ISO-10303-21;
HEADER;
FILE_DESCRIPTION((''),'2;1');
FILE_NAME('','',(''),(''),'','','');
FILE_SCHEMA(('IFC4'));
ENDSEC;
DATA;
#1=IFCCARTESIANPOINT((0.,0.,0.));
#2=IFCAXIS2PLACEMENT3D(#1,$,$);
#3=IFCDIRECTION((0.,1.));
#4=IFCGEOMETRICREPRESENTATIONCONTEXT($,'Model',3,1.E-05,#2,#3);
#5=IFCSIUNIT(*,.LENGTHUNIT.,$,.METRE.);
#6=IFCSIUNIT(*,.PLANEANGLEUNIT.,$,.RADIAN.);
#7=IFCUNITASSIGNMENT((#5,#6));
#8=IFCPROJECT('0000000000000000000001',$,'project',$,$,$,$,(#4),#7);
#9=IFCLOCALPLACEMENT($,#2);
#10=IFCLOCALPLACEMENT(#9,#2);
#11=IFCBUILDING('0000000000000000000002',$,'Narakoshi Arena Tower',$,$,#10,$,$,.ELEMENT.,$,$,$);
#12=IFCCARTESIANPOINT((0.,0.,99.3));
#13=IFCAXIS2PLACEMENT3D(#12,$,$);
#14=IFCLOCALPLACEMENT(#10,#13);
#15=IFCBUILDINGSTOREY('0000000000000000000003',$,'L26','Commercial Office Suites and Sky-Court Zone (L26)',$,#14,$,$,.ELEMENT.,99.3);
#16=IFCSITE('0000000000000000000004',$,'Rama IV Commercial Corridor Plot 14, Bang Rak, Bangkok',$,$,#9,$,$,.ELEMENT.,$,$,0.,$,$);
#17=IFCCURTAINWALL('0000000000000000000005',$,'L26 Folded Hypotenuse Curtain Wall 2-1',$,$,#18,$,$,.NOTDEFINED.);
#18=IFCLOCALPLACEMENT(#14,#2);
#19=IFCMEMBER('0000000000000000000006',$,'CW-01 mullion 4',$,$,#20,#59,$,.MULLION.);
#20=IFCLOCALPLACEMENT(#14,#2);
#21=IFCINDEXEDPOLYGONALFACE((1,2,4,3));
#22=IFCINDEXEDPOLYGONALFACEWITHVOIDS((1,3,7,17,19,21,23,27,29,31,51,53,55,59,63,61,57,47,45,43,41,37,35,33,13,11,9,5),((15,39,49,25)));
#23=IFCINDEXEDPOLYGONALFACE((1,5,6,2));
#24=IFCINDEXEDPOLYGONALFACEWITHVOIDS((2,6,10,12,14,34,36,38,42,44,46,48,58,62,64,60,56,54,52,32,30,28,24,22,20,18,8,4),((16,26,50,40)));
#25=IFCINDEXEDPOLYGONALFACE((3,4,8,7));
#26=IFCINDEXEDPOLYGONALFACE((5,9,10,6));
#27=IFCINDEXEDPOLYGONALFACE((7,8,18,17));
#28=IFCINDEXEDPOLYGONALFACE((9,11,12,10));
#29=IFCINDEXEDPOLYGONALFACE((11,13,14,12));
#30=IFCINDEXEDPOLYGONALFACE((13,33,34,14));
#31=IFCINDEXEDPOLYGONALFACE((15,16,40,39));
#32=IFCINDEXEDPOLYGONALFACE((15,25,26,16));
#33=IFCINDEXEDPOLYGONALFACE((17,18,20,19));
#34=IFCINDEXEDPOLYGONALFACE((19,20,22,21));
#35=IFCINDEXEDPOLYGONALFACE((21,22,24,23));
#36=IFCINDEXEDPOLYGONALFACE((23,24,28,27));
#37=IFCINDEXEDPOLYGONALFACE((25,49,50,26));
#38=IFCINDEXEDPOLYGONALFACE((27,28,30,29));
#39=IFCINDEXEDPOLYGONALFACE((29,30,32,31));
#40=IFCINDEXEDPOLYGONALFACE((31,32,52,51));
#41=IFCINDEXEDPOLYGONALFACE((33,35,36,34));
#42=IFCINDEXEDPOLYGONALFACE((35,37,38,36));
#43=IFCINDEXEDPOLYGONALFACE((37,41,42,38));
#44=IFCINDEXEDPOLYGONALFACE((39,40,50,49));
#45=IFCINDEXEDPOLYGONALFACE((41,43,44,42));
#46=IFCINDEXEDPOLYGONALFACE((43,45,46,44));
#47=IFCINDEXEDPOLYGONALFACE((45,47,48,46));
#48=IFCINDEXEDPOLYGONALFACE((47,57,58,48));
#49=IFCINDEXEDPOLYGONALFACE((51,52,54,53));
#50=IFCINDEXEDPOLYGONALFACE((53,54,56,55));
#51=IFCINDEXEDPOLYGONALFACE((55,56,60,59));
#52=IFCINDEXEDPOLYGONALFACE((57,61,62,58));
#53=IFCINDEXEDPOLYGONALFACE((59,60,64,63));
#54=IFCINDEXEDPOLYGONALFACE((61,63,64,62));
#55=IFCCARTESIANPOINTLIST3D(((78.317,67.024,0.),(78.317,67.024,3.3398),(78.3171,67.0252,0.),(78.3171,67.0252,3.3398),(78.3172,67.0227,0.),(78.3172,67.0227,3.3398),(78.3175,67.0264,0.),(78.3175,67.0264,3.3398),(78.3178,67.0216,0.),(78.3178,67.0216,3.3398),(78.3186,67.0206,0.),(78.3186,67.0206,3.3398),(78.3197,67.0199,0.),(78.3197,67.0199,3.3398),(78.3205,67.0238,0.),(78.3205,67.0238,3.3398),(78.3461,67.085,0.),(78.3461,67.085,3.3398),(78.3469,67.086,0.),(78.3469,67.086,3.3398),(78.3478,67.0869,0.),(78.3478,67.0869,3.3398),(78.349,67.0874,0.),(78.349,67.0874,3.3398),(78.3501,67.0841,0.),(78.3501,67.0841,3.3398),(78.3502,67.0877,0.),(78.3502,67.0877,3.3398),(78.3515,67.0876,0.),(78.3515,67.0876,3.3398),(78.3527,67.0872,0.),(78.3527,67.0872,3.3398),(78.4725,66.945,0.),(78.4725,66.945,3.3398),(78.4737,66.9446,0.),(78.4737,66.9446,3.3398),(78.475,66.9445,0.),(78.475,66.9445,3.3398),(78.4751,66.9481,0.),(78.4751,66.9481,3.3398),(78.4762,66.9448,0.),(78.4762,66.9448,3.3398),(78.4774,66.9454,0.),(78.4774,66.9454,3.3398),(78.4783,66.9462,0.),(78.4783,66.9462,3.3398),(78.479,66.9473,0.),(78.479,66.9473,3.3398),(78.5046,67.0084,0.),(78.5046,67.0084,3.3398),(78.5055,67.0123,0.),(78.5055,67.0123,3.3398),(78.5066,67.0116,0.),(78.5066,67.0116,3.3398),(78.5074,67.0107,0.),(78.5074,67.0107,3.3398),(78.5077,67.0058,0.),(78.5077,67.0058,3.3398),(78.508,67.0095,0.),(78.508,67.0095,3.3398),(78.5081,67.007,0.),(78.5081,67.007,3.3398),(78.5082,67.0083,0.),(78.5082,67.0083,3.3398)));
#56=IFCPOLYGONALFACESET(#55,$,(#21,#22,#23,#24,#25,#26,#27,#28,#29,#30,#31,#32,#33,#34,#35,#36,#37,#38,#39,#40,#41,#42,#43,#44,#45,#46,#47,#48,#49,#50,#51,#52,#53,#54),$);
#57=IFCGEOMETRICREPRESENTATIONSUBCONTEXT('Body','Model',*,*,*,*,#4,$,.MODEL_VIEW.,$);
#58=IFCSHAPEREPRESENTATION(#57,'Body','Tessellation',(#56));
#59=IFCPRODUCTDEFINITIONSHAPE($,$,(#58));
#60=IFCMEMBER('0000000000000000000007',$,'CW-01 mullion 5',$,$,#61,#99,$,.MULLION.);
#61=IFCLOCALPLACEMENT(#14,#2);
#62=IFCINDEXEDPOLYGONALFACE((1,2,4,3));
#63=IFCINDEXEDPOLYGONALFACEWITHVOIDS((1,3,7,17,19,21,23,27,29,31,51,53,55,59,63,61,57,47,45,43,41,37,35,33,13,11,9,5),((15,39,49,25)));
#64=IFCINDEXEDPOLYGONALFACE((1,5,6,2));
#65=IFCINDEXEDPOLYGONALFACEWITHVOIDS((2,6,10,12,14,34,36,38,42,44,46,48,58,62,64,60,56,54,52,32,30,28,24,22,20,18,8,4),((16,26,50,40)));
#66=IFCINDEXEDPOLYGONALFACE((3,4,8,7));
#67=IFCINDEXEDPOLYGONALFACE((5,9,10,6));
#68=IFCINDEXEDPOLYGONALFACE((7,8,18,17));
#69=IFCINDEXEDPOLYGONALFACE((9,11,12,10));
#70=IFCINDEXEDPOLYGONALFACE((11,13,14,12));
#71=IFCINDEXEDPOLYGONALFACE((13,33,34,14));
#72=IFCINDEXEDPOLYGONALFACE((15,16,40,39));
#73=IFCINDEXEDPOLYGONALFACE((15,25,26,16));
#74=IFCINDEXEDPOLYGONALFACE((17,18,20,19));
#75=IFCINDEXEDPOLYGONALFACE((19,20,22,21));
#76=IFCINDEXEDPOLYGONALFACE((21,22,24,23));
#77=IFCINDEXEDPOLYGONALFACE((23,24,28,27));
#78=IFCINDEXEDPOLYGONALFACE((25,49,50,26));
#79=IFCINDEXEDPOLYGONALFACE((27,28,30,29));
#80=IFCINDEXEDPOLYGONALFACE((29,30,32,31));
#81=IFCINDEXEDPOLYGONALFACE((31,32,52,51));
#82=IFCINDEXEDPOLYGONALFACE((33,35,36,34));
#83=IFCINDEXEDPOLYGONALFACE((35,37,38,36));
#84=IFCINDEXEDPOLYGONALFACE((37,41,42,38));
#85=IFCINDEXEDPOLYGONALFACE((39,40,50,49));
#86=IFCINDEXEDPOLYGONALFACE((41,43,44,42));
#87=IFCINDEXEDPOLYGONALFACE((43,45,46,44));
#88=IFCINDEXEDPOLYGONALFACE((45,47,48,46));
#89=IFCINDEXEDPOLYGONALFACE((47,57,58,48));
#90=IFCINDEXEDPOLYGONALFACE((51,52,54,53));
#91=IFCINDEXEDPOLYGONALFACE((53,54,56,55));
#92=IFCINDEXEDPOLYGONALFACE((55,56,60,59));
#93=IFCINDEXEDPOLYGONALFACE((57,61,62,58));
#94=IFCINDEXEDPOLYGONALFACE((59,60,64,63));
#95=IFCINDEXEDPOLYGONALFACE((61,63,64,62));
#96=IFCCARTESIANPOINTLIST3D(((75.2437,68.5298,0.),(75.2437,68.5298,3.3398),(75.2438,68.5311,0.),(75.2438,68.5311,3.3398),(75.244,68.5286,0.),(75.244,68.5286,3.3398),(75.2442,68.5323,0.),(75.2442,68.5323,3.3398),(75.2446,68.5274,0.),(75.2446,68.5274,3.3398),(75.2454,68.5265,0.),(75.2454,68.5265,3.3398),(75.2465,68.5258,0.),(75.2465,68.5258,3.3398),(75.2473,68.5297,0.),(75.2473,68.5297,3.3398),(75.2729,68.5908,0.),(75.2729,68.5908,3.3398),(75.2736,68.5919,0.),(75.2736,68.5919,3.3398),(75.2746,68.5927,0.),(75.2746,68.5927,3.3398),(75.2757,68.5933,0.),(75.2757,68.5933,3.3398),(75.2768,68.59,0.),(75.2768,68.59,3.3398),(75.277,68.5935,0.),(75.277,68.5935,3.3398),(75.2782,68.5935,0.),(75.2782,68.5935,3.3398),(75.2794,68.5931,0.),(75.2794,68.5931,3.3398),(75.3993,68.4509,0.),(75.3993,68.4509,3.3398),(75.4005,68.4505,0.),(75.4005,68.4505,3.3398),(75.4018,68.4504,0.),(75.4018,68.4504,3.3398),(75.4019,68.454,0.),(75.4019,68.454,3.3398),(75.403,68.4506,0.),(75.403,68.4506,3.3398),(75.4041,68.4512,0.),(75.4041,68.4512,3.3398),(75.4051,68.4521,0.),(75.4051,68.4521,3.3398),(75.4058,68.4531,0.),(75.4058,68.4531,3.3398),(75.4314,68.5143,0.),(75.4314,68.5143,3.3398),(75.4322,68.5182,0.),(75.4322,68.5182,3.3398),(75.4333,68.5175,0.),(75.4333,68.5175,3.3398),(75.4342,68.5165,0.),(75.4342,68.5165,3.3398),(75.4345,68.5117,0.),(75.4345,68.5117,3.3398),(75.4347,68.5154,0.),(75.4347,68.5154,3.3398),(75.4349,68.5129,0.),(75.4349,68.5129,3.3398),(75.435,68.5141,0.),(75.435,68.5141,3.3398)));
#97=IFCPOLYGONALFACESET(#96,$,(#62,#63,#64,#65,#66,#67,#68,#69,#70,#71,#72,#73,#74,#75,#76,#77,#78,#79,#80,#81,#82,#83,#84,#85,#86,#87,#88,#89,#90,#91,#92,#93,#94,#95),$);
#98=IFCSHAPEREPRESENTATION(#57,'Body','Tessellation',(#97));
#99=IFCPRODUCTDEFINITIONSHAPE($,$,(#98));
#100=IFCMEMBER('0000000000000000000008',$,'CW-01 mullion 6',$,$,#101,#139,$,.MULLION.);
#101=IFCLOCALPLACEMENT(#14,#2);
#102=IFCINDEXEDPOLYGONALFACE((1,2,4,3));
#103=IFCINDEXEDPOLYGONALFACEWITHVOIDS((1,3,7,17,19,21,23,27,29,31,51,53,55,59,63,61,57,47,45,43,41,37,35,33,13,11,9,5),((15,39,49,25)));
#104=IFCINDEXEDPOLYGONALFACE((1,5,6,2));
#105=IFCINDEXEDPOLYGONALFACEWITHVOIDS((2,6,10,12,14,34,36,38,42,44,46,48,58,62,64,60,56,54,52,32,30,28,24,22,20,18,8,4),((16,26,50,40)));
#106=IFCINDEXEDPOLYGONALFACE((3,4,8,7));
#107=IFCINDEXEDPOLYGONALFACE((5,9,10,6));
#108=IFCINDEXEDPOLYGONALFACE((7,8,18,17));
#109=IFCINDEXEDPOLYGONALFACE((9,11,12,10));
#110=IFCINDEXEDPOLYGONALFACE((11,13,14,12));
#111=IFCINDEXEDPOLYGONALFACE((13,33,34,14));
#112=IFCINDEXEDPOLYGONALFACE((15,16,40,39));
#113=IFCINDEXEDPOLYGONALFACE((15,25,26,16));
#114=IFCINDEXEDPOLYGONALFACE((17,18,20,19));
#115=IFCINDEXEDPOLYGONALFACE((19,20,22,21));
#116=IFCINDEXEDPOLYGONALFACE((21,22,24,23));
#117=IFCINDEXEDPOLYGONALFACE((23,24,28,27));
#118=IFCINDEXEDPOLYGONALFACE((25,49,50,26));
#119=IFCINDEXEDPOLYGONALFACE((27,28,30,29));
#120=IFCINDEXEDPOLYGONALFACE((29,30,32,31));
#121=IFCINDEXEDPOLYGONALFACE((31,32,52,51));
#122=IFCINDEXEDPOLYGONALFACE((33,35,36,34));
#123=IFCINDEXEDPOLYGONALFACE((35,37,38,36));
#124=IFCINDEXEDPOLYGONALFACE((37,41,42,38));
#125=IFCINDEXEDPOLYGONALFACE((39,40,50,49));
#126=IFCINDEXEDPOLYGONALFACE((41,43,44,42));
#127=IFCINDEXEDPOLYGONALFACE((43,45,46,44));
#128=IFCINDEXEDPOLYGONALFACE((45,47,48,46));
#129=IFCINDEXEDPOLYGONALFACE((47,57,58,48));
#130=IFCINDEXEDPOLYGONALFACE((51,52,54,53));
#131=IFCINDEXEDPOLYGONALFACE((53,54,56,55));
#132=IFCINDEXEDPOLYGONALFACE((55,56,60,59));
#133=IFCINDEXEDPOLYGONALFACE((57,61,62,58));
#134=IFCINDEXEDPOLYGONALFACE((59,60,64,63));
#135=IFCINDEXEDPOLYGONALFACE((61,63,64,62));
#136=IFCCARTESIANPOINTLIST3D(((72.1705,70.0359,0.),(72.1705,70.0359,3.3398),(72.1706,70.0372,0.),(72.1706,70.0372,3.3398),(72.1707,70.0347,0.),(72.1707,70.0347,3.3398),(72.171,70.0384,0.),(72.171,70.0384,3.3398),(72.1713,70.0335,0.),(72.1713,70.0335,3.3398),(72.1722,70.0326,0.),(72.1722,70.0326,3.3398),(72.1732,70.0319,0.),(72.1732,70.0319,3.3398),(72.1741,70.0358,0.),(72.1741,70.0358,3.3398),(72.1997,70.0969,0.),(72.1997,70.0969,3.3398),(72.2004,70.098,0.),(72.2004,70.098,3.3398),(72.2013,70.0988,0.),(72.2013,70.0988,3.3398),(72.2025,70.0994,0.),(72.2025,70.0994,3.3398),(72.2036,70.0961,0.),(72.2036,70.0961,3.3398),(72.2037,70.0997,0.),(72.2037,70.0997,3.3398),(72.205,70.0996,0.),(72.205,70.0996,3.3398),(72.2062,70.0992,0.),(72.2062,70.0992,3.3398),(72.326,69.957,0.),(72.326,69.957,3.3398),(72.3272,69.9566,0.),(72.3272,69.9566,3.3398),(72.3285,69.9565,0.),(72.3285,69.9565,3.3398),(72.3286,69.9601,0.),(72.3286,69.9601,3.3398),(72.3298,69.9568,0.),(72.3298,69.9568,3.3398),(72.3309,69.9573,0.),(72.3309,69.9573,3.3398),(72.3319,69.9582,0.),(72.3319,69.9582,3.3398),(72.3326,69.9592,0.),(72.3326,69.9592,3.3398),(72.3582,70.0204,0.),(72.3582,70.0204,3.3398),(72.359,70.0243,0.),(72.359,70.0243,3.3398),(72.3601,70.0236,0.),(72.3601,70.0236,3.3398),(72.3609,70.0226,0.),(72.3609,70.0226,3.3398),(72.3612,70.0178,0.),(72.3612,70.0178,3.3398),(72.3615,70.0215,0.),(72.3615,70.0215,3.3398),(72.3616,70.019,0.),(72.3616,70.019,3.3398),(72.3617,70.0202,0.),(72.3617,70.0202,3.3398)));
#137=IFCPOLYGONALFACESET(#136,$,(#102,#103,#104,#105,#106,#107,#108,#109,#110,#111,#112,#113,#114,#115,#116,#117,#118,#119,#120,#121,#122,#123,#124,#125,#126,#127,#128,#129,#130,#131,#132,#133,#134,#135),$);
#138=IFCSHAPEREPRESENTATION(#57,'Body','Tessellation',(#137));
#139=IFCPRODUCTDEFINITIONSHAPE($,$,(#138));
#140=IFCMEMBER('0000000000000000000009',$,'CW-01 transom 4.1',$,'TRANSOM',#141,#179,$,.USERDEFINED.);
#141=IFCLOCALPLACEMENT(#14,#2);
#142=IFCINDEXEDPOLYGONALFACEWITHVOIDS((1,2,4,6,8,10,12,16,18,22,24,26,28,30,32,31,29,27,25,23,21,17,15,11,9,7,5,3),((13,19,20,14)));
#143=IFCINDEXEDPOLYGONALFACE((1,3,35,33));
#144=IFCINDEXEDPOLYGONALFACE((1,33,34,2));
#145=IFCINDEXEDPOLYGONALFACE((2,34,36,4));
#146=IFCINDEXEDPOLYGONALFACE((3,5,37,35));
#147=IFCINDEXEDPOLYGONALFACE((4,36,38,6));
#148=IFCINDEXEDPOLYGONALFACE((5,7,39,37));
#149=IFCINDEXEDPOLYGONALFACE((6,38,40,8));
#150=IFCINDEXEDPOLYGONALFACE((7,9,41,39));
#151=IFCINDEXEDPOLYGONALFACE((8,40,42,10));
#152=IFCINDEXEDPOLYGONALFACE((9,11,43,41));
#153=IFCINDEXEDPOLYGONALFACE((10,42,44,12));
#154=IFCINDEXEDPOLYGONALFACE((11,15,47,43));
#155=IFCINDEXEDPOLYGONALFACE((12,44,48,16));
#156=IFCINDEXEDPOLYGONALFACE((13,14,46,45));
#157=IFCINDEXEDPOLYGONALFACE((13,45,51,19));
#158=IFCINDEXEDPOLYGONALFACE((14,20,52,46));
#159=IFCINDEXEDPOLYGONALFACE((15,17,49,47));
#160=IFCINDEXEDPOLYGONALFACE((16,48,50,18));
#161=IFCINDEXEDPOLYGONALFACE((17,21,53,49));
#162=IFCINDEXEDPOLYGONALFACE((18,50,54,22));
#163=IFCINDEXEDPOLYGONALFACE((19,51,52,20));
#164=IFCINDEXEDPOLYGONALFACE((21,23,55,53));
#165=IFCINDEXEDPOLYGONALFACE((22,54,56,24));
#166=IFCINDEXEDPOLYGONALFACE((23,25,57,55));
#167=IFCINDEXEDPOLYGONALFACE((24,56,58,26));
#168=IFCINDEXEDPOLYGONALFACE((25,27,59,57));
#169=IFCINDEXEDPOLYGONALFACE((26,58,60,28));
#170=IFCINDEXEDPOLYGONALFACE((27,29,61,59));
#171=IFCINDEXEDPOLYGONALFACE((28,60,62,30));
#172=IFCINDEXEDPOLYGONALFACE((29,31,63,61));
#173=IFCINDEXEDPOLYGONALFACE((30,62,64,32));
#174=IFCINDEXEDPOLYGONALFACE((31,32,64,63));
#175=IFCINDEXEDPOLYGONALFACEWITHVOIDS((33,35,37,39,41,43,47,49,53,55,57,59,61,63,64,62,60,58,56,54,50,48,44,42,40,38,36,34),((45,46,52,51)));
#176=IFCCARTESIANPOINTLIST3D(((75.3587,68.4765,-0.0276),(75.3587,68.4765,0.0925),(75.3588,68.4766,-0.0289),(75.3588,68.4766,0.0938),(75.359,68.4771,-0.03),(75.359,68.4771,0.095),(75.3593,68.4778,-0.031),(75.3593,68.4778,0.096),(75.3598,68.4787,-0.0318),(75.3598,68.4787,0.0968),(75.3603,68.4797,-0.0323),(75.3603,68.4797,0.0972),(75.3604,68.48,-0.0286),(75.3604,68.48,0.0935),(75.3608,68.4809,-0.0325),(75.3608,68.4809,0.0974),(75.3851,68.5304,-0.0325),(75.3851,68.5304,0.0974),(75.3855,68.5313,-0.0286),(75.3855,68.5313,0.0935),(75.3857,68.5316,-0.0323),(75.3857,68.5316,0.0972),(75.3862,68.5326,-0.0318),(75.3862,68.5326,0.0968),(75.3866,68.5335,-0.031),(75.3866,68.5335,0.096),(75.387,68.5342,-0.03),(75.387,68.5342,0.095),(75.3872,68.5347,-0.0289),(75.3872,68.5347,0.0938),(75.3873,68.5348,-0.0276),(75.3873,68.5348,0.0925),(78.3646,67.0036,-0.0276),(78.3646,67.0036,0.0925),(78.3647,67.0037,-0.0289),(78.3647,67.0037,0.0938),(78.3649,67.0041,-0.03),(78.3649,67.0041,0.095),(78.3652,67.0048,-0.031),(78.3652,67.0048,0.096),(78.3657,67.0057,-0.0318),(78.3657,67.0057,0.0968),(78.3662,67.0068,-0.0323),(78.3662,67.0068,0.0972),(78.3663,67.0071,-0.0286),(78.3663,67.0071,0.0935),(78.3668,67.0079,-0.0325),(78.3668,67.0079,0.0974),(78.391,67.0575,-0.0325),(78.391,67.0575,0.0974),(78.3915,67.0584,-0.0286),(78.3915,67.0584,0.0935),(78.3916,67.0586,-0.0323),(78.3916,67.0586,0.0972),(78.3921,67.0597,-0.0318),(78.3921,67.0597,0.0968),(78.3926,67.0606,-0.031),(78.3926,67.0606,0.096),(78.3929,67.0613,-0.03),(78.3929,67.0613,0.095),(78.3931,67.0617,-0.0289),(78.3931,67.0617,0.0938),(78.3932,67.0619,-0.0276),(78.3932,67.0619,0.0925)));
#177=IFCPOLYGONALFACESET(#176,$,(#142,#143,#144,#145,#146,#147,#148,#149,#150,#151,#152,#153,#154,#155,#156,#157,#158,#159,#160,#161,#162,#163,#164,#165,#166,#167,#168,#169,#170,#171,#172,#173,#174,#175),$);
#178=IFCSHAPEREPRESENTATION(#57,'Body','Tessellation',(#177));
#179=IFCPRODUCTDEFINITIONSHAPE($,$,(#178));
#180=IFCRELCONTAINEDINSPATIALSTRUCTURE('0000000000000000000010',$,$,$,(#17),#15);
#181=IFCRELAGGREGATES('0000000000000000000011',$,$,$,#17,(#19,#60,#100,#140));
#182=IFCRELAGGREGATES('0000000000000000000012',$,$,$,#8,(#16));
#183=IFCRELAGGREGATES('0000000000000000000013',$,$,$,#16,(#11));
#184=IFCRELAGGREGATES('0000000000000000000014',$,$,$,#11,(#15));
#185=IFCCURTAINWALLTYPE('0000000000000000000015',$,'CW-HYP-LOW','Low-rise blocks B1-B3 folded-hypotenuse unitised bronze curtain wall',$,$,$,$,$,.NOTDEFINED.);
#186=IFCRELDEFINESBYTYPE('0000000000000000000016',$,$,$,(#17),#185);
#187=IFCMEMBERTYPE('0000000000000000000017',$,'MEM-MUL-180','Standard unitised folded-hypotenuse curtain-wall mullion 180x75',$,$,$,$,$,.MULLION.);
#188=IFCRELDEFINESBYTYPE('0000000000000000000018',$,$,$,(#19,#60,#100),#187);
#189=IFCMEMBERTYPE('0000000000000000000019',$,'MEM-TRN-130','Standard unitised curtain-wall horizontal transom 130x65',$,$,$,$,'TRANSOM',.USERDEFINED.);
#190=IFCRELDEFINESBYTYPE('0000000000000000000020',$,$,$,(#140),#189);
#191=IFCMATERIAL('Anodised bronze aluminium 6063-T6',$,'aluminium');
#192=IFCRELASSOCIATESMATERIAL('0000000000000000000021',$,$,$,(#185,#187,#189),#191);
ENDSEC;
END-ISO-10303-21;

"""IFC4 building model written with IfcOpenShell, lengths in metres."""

from ifc_helpers import new_model, si_unit, direction, frame, origin, origin_2d, place, context, subcontext, project, spatial, hollow_rectangle, extrude, material, material_profile, profile_set, type_object, element, aggregate, save


model = new_model("IFC4")

# Units and contexts
model_context = context("Model", 3, precision=1e-05, world=origin(), true_north=direction((0.0, 1.0)))
body_context = subcontext(model_context, "Body", "Model", "MODEL_VIEW")
ifc_project = project(units=[si_unit("LENGTHUNIT", "METRE"), si_unit("PLANEANGLEUNIT", "RADIAN")], contexts=[model_context])

# Site, building, storey
site_placement = place(None, origin())
site = spatial("IfcSite", under=ifc_project, at=site_placement, Name="Rama IV Commercial Corridor Plot 14, Bang Rak, Bangkok", CompositionType="ELEMENT", RefElevation=0.0)
building_placement = place(site_placement, origin())
building = spatial("IfcBuilding", under=site, at=building_placement, Name="Narakoshi Arena Tower", CompositionType="ELEMENT")
storey_placement = place(building_placement, frame((0.0, 0.0, 99.3)))
storey = spatial("IfcBuildingStorey", under=building, at=storey_placement, Name="L26", Description="Commercial Office Suites and Sky-Court Zone (L26)", CompositionType="ELEMENT", Elevation=99.3)

# Curtain wall, members
ifc_material_1 = material(Name="Anodised bronze aluminium 6063-T6", Category="aluminium")
curtain_wall_type = type_object("IfcCurtainWallType", Name="CW-HYP-LOW", Description="Low-rise blocks B1-B3 folded-hypotenuse unitised bronze curtain wall", PredefinedType="NOTDEFINED", material=ifc_material_1)
curtain_wall_placement = place(storey_placement, origin())
curtain_wall = element("IfcCurtainWall", 1, at=curtain_wall_placement, inside=storey, type_object=curtain_wall_type, Name="L26 Folded Hypotenuse Curtain Wall 2-1", PredefinedType="NOTDEFINED")
ifc_material_profile_1 = material_profile(ifc_material_1, hollow_rectangle(XDim=0.075, YDim=0.1799, WallThickness=0.0039, OuterFilletRadius=0.0049, at=origin_2d()), Name="MUL180x75x4")
ifc_profile_set_1 = profile_set([ifc_material_profile_1], Name="Anodised bronze aluminium 6063-T6")
member_type_1 = type_object("IfcMemberType", Name="MEM-MUL-180", Description="Standard unitised folded-hypotenuse curtain-wall mullion 180x75", PredefinedType="MULLION", material=ifc_profile_set_1)
member_1_placement = place(storey_placement, frame((78.4126, 67.0161, 0.0), z_axis=(0.0, 0.0, 1.0), x_axis=(-0.440005, -0.897996, 0.0)))
member_1 = element("IfcMember", 2, at=member_1_placement, type_object=member_type_1, Name="CW-01 mullion 4", PredefinedType="MULLION", context=body_context, shape_type="SweptSolid", body=[
    extrude(hollow_rectangle(XDim=0.075, YDim=0.1799, WallThickness=0.0039, OuterFilletRadius=0.0049, at=origin_2d()), origin(), (0.0, 0.0, 1.0), 3.3398),
])
member_2_placement = place(storey_placement, frame((75.3394, 68.522, 0.0), z_axis=(0.0, 0.0, 1.0), x_axis=(-0.440005, -0.897996, 0.0)))
member_2 = element("IfcMember", 3, at=member_2_placement, type_object=member_type_1, Name="CW-01 mullion 5", PredefinedType="MULLION", context=body_context, shape_type="SweptSolid", body=[
    extrude(hollow_rectangle(XDim=0.075, YDim=0.1799, WallThickness=0.0039, OuterFilletRadius=0.0049, at=origin_2d()), origin(), (0.0, 0.0, 1.0), 3.3398),
])
member_3_placement = place(storey_placement, frame((72.2661, 70.0281, 0.0), z_axis=(0.0, 0.0, 1.0), x_axis=(-0.440005, -0.897996, 0.0)))
member_3 = element("IfcMember", 4, at=member_3_placement, type_object=member_type_1, Name="CW-01 mullion 6", PredefinedType="MULLION", context=body_context, shape_type="SweptSolid", body=[
    extrude(hollow_rectangle(XDim=0.075, YDim=0.1799, WallThickness=0.0039, OuterFilletRadius=0.0049, at=origin_2d()), origin(), (0.0, 0.0, 1.0), 3.3398),
])
ifc_material_profile_2 = material_profile(ifc_material_1, hollow_rectangle(XDim=0.0649, YDim=0.1299, WallThickness=0.0039, OuterFilletRadius=0.0049, at=origin_2d()), Name="TRN130x65x4")
ifc_profile_set_2 = profile_set([ifc_material_profile_2], Name="Anodised bronze aluminium 6063-T6")
member_type_2 = type_object("IfcMemberType", Name="MEM-TRN-130", Description="Standard unitised curtain-wall horizontal transom 130x65", ElementType="TRANSOM", PredefinedType="USERDEFINED", material=ifc_profile_set_2)
member_4_placement = place(storey_placement, frame((78.3789, 67.0327, 0.0325), z_axis=(-0.897987, 0.440022, 0.0), x_axis=(-0.440022, -0.897987, 0.0)))
member_4 = element("IfcMember", 5, at=member_4_placement, type_object=member_type_2, Name="CW-01 transom 4.1", ObjectType="TRANSOM", PredefinedType="USERDEFINED", context=body_context, shape_type="SweptSolid", body=[
    extrude(hollow_rectangle(XDim=0.0649, YDim=0.1299, WallThickness=0.0039, OuterFilletRadius=0.0049, at=origin_2d()), origin(), (0.0, 0.0, 1.0), 3.3474),
])
aggregate(curtain_wall, [member_1, member_2, member_3, member_4])

save(model, "model.ifc")
